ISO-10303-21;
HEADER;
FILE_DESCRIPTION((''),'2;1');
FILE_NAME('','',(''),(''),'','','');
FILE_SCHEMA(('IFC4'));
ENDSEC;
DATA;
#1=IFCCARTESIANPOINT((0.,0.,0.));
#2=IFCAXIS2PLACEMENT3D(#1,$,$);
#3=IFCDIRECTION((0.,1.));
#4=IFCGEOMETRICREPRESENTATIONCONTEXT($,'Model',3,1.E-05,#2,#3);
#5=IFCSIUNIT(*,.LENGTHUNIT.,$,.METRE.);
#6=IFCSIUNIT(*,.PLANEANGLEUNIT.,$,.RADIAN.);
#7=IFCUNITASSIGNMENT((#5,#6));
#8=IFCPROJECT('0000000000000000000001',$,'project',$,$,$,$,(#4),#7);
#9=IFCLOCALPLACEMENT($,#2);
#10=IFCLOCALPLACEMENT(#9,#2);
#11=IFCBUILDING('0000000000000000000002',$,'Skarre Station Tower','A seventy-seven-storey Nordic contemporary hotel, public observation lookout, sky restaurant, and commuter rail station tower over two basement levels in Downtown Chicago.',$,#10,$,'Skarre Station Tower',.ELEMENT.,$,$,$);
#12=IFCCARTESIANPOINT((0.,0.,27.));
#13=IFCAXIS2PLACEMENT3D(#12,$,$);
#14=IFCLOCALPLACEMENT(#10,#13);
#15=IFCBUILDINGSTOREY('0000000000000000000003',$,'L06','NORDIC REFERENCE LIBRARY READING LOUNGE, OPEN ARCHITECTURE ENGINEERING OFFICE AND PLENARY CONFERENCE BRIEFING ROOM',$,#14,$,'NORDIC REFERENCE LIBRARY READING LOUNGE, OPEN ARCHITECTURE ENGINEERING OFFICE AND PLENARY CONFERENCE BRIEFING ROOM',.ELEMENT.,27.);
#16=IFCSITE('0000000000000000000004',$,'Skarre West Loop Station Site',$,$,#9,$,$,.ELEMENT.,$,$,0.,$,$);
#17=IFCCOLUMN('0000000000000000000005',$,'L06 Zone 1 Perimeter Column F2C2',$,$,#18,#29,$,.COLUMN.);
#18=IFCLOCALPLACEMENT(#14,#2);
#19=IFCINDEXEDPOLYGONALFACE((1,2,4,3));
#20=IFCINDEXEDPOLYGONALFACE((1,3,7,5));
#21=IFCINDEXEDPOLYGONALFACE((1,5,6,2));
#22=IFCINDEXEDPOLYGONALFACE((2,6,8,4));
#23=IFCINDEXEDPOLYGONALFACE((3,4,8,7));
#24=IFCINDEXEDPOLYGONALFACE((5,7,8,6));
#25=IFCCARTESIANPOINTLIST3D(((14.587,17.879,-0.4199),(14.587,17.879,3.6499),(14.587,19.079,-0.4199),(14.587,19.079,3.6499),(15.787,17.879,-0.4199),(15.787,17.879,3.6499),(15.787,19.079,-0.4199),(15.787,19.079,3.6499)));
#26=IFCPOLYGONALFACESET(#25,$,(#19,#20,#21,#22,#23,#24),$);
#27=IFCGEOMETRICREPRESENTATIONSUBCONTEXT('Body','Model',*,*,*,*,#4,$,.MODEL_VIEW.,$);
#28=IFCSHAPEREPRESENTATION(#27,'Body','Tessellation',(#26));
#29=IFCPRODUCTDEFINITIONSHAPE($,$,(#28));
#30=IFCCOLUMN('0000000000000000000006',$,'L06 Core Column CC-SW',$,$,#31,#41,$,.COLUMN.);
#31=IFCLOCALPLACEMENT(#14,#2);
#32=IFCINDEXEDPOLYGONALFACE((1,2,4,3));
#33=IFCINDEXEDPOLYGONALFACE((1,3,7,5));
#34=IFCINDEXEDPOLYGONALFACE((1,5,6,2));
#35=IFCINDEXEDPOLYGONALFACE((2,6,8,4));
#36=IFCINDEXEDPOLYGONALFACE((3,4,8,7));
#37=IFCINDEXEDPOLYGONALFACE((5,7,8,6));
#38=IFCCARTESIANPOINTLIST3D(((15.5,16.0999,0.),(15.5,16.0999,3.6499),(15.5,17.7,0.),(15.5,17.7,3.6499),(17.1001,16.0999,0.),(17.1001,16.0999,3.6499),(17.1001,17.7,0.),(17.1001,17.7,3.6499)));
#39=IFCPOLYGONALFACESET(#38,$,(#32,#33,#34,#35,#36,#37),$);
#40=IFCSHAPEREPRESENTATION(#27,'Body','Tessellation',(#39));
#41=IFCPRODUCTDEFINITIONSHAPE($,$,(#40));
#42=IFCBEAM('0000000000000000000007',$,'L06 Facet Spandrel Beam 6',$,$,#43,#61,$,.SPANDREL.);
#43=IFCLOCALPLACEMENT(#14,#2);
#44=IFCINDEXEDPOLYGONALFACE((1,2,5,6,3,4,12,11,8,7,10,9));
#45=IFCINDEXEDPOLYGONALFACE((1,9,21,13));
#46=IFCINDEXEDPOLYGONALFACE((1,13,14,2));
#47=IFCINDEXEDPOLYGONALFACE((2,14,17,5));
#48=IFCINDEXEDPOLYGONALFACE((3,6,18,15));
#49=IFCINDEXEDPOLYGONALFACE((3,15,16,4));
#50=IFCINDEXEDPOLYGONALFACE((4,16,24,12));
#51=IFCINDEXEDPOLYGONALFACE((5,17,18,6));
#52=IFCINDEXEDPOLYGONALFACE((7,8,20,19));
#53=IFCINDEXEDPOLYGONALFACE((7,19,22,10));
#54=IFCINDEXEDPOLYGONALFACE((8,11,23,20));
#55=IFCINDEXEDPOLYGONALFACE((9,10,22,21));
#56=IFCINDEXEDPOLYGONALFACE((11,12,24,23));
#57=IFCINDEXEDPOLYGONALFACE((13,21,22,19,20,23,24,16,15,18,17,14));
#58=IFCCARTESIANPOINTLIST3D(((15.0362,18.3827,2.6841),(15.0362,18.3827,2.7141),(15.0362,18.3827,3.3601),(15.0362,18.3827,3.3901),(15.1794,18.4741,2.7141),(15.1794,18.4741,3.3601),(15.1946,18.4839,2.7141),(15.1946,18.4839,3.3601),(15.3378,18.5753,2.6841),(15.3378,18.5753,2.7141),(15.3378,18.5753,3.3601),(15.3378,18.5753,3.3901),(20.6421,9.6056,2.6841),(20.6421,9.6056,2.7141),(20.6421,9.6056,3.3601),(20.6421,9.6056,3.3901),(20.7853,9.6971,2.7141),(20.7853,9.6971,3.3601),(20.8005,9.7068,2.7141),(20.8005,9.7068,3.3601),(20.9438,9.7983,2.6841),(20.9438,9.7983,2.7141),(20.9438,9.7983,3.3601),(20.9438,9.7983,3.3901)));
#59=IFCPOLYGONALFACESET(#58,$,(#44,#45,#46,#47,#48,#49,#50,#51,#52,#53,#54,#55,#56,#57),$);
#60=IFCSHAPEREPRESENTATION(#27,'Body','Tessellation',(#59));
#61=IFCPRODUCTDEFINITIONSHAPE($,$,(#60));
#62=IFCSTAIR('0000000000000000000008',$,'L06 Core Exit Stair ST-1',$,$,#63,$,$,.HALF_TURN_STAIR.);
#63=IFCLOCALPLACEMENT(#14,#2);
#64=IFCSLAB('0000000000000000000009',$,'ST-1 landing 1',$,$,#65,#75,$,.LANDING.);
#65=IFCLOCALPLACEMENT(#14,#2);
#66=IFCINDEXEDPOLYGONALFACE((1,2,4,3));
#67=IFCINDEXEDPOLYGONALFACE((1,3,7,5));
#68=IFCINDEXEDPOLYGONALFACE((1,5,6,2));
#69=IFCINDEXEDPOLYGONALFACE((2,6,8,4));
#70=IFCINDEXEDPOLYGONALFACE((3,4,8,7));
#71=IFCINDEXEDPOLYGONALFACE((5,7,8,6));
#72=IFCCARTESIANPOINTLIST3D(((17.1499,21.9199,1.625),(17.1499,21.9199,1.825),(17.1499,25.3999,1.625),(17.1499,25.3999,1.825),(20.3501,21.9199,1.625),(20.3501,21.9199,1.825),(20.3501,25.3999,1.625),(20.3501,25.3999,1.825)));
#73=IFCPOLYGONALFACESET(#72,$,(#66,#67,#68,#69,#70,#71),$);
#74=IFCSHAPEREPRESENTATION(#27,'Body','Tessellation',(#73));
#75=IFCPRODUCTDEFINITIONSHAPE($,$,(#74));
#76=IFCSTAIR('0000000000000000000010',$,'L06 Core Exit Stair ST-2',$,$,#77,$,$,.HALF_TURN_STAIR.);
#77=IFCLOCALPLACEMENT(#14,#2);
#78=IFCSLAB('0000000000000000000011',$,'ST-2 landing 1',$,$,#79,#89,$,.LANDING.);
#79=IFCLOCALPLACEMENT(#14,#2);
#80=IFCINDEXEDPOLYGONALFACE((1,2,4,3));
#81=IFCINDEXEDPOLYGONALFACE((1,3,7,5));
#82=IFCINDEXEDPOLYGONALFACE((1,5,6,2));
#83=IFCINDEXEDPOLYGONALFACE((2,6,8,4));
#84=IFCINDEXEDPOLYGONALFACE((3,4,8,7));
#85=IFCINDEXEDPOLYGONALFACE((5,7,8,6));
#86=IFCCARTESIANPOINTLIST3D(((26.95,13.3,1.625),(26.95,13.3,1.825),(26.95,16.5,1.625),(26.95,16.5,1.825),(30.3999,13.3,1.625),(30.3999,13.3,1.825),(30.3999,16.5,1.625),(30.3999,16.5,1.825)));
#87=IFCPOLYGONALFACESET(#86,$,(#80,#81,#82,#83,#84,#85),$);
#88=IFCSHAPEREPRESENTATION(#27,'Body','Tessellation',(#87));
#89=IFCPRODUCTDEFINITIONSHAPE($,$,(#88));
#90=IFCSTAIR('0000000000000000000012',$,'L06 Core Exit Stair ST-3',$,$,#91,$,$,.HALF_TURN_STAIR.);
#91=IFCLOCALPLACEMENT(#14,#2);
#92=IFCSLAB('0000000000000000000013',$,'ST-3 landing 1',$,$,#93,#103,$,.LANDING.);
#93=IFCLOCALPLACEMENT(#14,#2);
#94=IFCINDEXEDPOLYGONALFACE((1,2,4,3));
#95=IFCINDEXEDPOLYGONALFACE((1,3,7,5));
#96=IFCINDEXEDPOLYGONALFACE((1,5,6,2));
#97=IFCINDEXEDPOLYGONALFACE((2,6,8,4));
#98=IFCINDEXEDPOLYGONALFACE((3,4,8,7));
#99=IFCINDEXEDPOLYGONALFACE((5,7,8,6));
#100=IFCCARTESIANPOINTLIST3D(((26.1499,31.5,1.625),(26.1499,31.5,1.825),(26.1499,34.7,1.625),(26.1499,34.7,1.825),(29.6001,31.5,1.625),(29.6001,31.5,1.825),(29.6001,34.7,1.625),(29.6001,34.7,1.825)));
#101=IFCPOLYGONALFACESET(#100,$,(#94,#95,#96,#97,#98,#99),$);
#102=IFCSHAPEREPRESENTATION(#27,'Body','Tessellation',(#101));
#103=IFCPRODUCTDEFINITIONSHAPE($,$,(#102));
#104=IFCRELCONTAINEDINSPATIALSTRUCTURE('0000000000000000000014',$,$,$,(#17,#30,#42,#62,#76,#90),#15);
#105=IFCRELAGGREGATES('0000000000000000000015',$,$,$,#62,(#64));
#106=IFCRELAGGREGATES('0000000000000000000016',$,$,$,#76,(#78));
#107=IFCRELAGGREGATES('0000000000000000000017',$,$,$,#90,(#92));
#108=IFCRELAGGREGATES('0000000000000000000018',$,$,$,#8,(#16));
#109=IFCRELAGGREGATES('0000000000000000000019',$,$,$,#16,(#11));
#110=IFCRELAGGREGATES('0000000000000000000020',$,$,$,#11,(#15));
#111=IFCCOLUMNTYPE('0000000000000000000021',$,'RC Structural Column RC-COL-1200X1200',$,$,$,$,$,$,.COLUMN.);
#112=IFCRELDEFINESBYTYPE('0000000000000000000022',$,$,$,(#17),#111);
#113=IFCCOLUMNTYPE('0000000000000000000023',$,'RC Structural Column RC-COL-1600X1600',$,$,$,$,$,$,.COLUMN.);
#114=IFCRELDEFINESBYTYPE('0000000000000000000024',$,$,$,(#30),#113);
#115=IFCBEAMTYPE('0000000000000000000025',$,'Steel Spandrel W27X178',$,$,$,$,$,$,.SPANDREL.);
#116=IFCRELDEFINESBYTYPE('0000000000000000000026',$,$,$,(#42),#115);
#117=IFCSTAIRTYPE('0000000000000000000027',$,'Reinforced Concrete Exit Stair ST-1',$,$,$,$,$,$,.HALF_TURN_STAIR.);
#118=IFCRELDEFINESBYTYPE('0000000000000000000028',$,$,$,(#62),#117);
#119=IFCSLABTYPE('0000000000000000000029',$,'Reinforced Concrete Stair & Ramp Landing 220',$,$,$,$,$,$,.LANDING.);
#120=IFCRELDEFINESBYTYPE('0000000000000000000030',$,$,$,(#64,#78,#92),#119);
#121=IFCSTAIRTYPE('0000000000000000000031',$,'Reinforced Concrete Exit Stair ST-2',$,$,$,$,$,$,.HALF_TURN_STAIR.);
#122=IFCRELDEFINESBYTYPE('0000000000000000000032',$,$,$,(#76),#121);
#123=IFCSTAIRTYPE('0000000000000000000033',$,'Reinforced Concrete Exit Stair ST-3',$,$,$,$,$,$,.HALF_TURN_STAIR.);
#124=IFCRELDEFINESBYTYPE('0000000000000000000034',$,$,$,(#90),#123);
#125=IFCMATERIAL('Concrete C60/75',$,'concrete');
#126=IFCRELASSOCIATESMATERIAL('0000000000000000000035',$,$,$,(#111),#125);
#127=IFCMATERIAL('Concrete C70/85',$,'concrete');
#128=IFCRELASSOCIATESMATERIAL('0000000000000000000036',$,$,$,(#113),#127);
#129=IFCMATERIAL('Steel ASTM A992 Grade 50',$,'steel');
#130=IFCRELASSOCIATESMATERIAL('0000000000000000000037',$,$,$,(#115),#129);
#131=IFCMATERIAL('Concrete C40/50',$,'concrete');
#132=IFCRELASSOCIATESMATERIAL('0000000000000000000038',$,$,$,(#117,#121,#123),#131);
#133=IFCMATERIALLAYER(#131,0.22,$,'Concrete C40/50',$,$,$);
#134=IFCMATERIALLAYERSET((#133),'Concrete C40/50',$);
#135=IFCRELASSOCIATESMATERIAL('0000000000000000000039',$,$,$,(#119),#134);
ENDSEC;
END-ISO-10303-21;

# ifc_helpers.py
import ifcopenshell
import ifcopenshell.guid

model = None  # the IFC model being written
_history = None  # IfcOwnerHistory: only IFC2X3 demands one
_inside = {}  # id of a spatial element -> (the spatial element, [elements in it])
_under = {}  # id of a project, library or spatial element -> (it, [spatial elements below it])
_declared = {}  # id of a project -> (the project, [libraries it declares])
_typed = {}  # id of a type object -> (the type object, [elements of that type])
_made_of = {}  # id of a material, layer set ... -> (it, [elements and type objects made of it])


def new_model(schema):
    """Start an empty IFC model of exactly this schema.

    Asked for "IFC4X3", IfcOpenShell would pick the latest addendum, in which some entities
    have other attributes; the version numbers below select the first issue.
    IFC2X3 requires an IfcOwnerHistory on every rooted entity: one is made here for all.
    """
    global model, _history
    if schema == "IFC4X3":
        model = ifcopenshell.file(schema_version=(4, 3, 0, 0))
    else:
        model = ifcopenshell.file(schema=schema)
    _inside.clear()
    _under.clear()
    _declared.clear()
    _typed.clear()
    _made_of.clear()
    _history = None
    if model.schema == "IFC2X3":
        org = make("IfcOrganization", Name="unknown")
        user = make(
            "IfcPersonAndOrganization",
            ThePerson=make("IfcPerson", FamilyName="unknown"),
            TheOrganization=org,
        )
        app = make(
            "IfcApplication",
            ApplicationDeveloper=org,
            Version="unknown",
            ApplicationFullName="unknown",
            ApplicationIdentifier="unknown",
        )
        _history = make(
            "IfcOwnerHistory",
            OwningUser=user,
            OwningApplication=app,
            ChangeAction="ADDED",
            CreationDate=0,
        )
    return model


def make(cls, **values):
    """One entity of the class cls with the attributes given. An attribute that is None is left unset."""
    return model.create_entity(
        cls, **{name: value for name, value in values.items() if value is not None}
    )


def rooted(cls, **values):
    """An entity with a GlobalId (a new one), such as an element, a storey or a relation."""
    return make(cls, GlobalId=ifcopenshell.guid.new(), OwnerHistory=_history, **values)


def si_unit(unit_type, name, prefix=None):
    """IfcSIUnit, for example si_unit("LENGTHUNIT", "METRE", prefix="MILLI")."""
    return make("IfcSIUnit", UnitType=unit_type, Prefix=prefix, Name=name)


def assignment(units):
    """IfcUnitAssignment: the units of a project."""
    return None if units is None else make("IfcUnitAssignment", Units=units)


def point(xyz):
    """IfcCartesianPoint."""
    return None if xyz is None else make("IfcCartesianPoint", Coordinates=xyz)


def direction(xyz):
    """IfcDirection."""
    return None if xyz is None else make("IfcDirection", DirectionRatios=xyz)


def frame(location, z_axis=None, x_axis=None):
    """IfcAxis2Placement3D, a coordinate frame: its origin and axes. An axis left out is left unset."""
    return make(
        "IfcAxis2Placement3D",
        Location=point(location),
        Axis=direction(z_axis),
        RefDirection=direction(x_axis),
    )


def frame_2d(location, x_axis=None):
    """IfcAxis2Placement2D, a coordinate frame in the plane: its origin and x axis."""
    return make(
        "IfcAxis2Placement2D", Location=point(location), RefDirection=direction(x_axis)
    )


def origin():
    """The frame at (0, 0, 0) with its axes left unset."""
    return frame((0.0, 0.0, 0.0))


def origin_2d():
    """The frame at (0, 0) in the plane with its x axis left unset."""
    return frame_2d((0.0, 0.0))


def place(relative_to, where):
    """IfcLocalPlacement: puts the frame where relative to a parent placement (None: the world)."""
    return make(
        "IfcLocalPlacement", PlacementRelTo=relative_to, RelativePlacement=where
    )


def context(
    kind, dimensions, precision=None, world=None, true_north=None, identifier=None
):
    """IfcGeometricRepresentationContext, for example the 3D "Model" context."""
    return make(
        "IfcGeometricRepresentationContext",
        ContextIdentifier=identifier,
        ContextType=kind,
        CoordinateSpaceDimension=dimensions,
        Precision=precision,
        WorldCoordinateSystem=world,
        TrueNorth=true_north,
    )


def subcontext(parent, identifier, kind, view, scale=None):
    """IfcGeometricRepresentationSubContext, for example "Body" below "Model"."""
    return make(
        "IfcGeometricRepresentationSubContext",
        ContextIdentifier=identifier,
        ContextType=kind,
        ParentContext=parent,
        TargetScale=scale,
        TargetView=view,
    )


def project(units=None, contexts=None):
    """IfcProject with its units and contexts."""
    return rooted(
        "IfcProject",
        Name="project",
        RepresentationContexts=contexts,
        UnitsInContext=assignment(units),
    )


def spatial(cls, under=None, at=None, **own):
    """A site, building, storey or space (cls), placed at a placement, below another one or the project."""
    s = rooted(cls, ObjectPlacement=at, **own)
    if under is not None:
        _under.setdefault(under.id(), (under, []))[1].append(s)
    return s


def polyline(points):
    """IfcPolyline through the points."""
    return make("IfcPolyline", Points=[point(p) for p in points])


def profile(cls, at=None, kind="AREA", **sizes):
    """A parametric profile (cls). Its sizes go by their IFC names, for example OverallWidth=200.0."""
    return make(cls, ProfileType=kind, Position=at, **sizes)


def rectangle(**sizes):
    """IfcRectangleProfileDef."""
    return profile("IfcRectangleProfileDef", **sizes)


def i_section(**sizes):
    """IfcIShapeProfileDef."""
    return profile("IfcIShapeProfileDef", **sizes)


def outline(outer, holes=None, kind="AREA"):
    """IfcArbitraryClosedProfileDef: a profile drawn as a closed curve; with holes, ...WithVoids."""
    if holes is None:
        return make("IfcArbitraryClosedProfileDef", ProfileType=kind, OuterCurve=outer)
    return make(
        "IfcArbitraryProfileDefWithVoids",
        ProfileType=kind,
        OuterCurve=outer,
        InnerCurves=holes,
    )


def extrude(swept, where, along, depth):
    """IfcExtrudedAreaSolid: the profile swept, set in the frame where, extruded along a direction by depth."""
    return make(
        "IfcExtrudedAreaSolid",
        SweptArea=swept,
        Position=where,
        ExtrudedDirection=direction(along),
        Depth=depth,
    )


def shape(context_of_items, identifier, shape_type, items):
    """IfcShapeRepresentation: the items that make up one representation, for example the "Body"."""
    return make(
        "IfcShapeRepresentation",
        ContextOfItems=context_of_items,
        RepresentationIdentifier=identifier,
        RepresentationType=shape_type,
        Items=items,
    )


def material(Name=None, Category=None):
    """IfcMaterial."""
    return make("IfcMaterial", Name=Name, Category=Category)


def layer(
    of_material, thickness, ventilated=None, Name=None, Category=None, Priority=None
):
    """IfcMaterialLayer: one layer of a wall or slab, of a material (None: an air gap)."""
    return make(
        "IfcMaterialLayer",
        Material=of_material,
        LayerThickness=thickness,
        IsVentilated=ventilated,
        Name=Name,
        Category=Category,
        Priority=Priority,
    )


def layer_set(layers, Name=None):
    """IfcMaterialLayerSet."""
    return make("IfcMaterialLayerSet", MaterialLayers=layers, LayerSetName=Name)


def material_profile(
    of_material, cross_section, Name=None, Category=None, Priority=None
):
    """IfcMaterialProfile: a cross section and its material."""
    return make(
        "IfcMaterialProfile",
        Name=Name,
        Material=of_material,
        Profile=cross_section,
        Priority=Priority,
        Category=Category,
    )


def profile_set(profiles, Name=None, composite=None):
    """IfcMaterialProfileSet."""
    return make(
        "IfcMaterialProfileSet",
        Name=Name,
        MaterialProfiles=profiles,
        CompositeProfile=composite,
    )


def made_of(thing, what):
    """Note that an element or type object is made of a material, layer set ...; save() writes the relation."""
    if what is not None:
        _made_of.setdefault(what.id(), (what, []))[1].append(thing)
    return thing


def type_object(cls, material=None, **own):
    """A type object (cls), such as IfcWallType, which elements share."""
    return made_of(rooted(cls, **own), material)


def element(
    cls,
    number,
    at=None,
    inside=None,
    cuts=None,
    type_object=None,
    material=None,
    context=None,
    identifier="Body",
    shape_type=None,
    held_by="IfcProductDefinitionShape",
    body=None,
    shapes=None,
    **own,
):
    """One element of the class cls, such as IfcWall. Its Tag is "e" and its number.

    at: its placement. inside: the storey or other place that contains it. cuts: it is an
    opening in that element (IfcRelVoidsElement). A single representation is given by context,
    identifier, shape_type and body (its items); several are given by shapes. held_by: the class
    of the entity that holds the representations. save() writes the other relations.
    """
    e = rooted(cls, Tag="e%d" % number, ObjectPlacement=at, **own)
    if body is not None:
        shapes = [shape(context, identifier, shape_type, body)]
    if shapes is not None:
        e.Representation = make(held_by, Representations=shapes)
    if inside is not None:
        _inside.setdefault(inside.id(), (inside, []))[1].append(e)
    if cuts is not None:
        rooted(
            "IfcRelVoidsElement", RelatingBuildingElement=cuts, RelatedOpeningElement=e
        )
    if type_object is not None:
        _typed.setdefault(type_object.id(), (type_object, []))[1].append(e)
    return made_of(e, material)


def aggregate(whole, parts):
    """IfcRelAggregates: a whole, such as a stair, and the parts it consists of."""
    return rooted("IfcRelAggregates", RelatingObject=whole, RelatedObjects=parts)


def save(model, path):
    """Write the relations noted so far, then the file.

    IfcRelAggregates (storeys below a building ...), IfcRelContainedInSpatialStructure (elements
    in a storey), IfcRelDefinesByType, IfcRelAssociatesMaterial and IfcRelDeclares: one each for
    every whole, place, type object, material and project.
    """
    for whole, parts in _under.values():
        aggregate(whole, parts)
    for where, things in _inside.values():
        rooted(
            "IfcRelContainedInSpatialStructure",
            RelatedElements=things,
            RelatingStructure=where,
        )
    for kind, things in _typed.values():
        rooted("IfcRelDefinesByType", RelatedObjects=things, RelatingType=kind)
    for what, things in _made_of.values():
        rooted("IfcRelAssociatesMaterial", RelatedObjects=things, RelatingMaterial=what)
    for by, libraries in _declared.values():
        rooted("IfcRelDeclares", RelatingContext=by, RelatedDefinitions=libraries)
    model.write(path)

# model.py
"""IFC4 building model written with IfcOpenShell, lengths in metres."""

from ifc_helpers import new_model, si_unit, direction, frame, origin, origin_2d, place, context, subcontext, project, spatial, polyline, rectangle, i_section, outline, extrude, material, layer, layer_set, material_profile, profile_set, type_object, element, aggregate, save


model = new_model("IFC4")

# Units and contexts
model_context = context("Model", 3, precision=1e-05, world=origin(), true_north=direction((0.0, 1.0)))
body_context = subcontext(model_context, "Body", "Model", "MODEL_VIEW")
ifc_project = project(units=[si_unit("LENGTHUNIT", "METRE"), si_unit("PLANEANGLEUNIT", "RADIAN")], contexts=[model_context])

# Site, building, storey
site_placement = place(None, origin())
site = spatial("IfcSite", under=ifc_project, at=site_placement, Name="Skarre West Loop Station Site", CompositionType="ELEMENT", RefElevation=0.0)
building_placement = place(site_placement, origin())
building = spatial("IfcBuilding", under=site, at=building_placement, Name="Skarre Station Tower", Description="A seventy-seven-storey Nordic contemporary hotel, public observation lookout, sky restaurant, and commuter rail station tower over two basement levels in Downtown Chicago.", LongName="Skarre Station Tower", CompositionType="ELEMENT")
storey_placement = place(building_placement, frame((0.0, 0.0, 27.0)))
storey = spatial("IfcBuildingStorey", under=building, at=storey_placement, Name="L06", Description="NORDIC REFERENCE LIBRARY READING LOUNGE, OPEN ARCHITECTURE ENGINEERING OFFICE AND PLENARY CONFERENCE BRIEFING ROOM", LongName="NORDIC REFERENCE LIBRARY READING LOUNGE, OPEN ARCHITECTURE ENGINEERING OFFICE AND PLENARY CONFERENCE BRIEFING ROOM", CompositionType="ELEMENT", Elevation=27.0)

# Columns
ifc_material_1 = material(Name="Concrete C60/75", Category="concrete")
ifc_material_profile_1 = material_profile(ifc_material_1, rectangle(XDim=1.2, YDim=1.2, at=origin_2d()), Name="Concrete C60/75")
ifc_profile_set_1 = profile_set([ifc_material_profile_1], Name="Concrete C60/75")
column_type_1 = type_object("IfcColumnType", Name="RC Structural Column RC-COL-1200X1200", PredefinedType="COLUMN", material=ifc_profile_set_1)
column_1_placement = place(storey_placement, frame((15.187, 18.479, -0.4199), z_axis=(0.0, 0.0, 1.0), x_axis=(1.0, 0.0, 0.0)))
element("IfcColumn", 1, at=column_1_placement, inside=storey, type_object=column_type_1, Name="L06 Zone 1 Perimeter Column F2C2", PredefinedType="COLUMN", context=body_context, shape_type="SweptSolid", body=[
    extrude(rectangle(XDim=1.2, YDim=1.2, at=origin_2d()), origin(), (0.0, 0.0, 1.0), 4.0698),
])
ifc_material_2 = material(Name="Concrete C70/85", Category="concrete")
ifc_material_profile_2 = material_profile(ifc_material_2, rectangle(XDim=1.6001, YDim=1.6001, at=origin_2d()), Name="Concrete C70/85")
ifc_profile_set_2 = profile_set([ifc_material_profile_2], Name="Concrete C70/85")
column_type_2 = type_object("IfcColumnType", Name="RC Structural Column RC-COL-1600X1600", PredefinedType="COLUMN", material=ifc_profile_set_2)
column_2_placement = place(storey_placement, frame((16.3, 16.8999, 0.0), z_axis=(0.0, 0.0, 1.0), x_axis=(1.0, 0.0, 0.0)))
element("IfcColumn", 2, at=column_2_placement, inside=storey, type_object=column_type_2, Name="L06 Core Column CC-SW", PredefinedType="COLUMN", context=body_context, shape_type="SweptSolid", body=[
    extrude(rectangle(XDim=1.6001, YDim=1.6001, at=origin_2d()), origin(), (0.0, 0.0, 1.0), 3.6499),
])

# Beam
ifc_material_3 = material(Name="Steel ASTM A992 Grade 50", Category="steel")
ifc_material_profile_3 = material_profile(ifc_material_3, i_section(OverallWidth=0.3579, OverallDepth=0.7061, WebThickness=0.0181, FlangeThickness=0.03, at=origin_2d()), Name="Steel ASTM A992 Grade 50")
ifc_profile_set_3 = profile_set([ifc_material_profile_3], Name="Steel ASTM A992 Grade 50")
beam_type = type_object("IfcBeamType", Name="Steel Spandrel W27X178", PredefinedType="SPANDREL", material=ifc_profile_set_3)
beam_placement = place(storey_placement, frame((15.187, 18.479, 3.0371), z_axis=(0.538278, -0.842767, 0.0), x_axis=(0.842767, 0.538278, 0.0)))
element("IfcBeam", 3, at=beam_placement, inside=storey, type_object=beam_type, Name="L06 Facet Spandrel Beam 6", PredefinedType="SPANDREL", context=body_context, shape_type="SweptSolid", body=[
    extrude(i_section(OverallWidth=0.3579, OverallDepth=0.7061, WebThickness=0.0181, FlangeThickness=0.03, at=origin_2d()), origin(), (0.0, 0.0, 1.0), 10.4146),
])

# Stairs, slabs
ifc_material_4 = material(Name="Concrete C40/50", Category="concrete")
stair_type_1 = type_object("IfcStairType", Name="Reinforced Concrete Exit Stair ST-1", PredefinedType="HALF_TURN_STAIR", material=ifc_material_4)
stair_1_placement = place(storey_placement, origin())
stair_1 = element("IfcStair", 4, at=stair_1_placement, inside=storey, type_object=stair_type_1, Name="L06 Core Exit Stair ST-1", PredefinedType="HALF_TURN_STAIR")
ifc_layer_1 = layer(ifc_material_4, 0.22, Name="Concrete C40/50")
ifc_layer_set_1 = layer_set([ifc_layer_1], Name="Concrete C40/50")
slab_type_1 = type_object("IfcSlabType", Name="Reinforced Concrete Stair & Ramp Landing 220", PredefinedType="LANDING", material=ifc_layer_set_1)
slab_1_placement = place(storey_placement, frame((0.0, 0.0, 1.625)))
slab_1 = element("IfcSlab", 5, at=slab_1_placement, type_object=slab_type_1, Name="ST-1 landing 1", PredefinedType="LANDING", context=body_context, shape_type="SweptSolid", body=[
    extrude(outline(polyline([(20.3501, 21.9199), (20.3501, 25.3999), (17.1499, 25.3999), (17.1499, 21.9199), (20.3501, 21.9199)])), origin(), (0.0, 0.0, 1.0), 0.2),
])
aggregate(stair_1, [slab_1])
stair_type_2 = type_object("IfcStairType", Name="Reinforced Concrete Exit Stair ST-2", PredefinedType="HALF_TURN_STAIR", material=ifc_material_4)
stair_2_placement = place(storey_placement, origin())
stair_2 = element("IfcStair", 6, at=stair_2_placement, inside=storey, type_object=stair_type_2, Name="L06 Core Exit Stair ST-2", PredefinedType="HALF_TURN_STAIR")
slab_2_placement = place(storey_placement, frame((0.0, 0.0, 1.625)))
slab_2 = element("IfcSlab", 7, at=slab_2_placement, type_object=slab_type_1, Name="ST-2 landing 1", PredefinedType="LANDING", context=body_context, shape_type="SweptSolid", body=[
    extrude(outline(polyline([(26.95, 13.3), (30.3999, 13.3), (30.3999, 16.5), (26.95, 16.5), (26.95, 13.3)])), origin(), (0.0, 0.0, 1.0), 0.2),
])
aggregate(stair_2, [slab_2])
stair_type_3 = type_object("IfcStairType", Name="Reinforced Concrete Exit Stair ST-3", PredefinedType="HALF_TURN_STAIR", material=ifc_material_4)
stair_3_placement = place(storey_placement, origin())
stair_3 = element("IfcStair", 8, at=stair_3_placement, inside=storey, type_object=stair_type_3, Name="L06 Core Exit Stair ST-3", PredefinedType="HALF_TURN_STAIR")
slab_3_placement = place(storey_placement, frame((0.0, 0.0, 1.625)))
slab_3 = element("IfcSlab", 9, at=slab_3_placement, type_object=slab_type_1, Name="ST-3 landing 1", PredefinedType="LANDING", context=body_context, shape_type="SweptSolid", body=[
    extrude(outline(polyline([(26.1499, 31.5), (29.6001, 31.5), (29.6001, 34.7), (26.1499, 34.7), (26.1499, 31.5)])), origin(), (0.0, 0.0, 1.0), 0.2),
])
aggregate(stair_3, [slab_3])

save(model, "model.ifc")
